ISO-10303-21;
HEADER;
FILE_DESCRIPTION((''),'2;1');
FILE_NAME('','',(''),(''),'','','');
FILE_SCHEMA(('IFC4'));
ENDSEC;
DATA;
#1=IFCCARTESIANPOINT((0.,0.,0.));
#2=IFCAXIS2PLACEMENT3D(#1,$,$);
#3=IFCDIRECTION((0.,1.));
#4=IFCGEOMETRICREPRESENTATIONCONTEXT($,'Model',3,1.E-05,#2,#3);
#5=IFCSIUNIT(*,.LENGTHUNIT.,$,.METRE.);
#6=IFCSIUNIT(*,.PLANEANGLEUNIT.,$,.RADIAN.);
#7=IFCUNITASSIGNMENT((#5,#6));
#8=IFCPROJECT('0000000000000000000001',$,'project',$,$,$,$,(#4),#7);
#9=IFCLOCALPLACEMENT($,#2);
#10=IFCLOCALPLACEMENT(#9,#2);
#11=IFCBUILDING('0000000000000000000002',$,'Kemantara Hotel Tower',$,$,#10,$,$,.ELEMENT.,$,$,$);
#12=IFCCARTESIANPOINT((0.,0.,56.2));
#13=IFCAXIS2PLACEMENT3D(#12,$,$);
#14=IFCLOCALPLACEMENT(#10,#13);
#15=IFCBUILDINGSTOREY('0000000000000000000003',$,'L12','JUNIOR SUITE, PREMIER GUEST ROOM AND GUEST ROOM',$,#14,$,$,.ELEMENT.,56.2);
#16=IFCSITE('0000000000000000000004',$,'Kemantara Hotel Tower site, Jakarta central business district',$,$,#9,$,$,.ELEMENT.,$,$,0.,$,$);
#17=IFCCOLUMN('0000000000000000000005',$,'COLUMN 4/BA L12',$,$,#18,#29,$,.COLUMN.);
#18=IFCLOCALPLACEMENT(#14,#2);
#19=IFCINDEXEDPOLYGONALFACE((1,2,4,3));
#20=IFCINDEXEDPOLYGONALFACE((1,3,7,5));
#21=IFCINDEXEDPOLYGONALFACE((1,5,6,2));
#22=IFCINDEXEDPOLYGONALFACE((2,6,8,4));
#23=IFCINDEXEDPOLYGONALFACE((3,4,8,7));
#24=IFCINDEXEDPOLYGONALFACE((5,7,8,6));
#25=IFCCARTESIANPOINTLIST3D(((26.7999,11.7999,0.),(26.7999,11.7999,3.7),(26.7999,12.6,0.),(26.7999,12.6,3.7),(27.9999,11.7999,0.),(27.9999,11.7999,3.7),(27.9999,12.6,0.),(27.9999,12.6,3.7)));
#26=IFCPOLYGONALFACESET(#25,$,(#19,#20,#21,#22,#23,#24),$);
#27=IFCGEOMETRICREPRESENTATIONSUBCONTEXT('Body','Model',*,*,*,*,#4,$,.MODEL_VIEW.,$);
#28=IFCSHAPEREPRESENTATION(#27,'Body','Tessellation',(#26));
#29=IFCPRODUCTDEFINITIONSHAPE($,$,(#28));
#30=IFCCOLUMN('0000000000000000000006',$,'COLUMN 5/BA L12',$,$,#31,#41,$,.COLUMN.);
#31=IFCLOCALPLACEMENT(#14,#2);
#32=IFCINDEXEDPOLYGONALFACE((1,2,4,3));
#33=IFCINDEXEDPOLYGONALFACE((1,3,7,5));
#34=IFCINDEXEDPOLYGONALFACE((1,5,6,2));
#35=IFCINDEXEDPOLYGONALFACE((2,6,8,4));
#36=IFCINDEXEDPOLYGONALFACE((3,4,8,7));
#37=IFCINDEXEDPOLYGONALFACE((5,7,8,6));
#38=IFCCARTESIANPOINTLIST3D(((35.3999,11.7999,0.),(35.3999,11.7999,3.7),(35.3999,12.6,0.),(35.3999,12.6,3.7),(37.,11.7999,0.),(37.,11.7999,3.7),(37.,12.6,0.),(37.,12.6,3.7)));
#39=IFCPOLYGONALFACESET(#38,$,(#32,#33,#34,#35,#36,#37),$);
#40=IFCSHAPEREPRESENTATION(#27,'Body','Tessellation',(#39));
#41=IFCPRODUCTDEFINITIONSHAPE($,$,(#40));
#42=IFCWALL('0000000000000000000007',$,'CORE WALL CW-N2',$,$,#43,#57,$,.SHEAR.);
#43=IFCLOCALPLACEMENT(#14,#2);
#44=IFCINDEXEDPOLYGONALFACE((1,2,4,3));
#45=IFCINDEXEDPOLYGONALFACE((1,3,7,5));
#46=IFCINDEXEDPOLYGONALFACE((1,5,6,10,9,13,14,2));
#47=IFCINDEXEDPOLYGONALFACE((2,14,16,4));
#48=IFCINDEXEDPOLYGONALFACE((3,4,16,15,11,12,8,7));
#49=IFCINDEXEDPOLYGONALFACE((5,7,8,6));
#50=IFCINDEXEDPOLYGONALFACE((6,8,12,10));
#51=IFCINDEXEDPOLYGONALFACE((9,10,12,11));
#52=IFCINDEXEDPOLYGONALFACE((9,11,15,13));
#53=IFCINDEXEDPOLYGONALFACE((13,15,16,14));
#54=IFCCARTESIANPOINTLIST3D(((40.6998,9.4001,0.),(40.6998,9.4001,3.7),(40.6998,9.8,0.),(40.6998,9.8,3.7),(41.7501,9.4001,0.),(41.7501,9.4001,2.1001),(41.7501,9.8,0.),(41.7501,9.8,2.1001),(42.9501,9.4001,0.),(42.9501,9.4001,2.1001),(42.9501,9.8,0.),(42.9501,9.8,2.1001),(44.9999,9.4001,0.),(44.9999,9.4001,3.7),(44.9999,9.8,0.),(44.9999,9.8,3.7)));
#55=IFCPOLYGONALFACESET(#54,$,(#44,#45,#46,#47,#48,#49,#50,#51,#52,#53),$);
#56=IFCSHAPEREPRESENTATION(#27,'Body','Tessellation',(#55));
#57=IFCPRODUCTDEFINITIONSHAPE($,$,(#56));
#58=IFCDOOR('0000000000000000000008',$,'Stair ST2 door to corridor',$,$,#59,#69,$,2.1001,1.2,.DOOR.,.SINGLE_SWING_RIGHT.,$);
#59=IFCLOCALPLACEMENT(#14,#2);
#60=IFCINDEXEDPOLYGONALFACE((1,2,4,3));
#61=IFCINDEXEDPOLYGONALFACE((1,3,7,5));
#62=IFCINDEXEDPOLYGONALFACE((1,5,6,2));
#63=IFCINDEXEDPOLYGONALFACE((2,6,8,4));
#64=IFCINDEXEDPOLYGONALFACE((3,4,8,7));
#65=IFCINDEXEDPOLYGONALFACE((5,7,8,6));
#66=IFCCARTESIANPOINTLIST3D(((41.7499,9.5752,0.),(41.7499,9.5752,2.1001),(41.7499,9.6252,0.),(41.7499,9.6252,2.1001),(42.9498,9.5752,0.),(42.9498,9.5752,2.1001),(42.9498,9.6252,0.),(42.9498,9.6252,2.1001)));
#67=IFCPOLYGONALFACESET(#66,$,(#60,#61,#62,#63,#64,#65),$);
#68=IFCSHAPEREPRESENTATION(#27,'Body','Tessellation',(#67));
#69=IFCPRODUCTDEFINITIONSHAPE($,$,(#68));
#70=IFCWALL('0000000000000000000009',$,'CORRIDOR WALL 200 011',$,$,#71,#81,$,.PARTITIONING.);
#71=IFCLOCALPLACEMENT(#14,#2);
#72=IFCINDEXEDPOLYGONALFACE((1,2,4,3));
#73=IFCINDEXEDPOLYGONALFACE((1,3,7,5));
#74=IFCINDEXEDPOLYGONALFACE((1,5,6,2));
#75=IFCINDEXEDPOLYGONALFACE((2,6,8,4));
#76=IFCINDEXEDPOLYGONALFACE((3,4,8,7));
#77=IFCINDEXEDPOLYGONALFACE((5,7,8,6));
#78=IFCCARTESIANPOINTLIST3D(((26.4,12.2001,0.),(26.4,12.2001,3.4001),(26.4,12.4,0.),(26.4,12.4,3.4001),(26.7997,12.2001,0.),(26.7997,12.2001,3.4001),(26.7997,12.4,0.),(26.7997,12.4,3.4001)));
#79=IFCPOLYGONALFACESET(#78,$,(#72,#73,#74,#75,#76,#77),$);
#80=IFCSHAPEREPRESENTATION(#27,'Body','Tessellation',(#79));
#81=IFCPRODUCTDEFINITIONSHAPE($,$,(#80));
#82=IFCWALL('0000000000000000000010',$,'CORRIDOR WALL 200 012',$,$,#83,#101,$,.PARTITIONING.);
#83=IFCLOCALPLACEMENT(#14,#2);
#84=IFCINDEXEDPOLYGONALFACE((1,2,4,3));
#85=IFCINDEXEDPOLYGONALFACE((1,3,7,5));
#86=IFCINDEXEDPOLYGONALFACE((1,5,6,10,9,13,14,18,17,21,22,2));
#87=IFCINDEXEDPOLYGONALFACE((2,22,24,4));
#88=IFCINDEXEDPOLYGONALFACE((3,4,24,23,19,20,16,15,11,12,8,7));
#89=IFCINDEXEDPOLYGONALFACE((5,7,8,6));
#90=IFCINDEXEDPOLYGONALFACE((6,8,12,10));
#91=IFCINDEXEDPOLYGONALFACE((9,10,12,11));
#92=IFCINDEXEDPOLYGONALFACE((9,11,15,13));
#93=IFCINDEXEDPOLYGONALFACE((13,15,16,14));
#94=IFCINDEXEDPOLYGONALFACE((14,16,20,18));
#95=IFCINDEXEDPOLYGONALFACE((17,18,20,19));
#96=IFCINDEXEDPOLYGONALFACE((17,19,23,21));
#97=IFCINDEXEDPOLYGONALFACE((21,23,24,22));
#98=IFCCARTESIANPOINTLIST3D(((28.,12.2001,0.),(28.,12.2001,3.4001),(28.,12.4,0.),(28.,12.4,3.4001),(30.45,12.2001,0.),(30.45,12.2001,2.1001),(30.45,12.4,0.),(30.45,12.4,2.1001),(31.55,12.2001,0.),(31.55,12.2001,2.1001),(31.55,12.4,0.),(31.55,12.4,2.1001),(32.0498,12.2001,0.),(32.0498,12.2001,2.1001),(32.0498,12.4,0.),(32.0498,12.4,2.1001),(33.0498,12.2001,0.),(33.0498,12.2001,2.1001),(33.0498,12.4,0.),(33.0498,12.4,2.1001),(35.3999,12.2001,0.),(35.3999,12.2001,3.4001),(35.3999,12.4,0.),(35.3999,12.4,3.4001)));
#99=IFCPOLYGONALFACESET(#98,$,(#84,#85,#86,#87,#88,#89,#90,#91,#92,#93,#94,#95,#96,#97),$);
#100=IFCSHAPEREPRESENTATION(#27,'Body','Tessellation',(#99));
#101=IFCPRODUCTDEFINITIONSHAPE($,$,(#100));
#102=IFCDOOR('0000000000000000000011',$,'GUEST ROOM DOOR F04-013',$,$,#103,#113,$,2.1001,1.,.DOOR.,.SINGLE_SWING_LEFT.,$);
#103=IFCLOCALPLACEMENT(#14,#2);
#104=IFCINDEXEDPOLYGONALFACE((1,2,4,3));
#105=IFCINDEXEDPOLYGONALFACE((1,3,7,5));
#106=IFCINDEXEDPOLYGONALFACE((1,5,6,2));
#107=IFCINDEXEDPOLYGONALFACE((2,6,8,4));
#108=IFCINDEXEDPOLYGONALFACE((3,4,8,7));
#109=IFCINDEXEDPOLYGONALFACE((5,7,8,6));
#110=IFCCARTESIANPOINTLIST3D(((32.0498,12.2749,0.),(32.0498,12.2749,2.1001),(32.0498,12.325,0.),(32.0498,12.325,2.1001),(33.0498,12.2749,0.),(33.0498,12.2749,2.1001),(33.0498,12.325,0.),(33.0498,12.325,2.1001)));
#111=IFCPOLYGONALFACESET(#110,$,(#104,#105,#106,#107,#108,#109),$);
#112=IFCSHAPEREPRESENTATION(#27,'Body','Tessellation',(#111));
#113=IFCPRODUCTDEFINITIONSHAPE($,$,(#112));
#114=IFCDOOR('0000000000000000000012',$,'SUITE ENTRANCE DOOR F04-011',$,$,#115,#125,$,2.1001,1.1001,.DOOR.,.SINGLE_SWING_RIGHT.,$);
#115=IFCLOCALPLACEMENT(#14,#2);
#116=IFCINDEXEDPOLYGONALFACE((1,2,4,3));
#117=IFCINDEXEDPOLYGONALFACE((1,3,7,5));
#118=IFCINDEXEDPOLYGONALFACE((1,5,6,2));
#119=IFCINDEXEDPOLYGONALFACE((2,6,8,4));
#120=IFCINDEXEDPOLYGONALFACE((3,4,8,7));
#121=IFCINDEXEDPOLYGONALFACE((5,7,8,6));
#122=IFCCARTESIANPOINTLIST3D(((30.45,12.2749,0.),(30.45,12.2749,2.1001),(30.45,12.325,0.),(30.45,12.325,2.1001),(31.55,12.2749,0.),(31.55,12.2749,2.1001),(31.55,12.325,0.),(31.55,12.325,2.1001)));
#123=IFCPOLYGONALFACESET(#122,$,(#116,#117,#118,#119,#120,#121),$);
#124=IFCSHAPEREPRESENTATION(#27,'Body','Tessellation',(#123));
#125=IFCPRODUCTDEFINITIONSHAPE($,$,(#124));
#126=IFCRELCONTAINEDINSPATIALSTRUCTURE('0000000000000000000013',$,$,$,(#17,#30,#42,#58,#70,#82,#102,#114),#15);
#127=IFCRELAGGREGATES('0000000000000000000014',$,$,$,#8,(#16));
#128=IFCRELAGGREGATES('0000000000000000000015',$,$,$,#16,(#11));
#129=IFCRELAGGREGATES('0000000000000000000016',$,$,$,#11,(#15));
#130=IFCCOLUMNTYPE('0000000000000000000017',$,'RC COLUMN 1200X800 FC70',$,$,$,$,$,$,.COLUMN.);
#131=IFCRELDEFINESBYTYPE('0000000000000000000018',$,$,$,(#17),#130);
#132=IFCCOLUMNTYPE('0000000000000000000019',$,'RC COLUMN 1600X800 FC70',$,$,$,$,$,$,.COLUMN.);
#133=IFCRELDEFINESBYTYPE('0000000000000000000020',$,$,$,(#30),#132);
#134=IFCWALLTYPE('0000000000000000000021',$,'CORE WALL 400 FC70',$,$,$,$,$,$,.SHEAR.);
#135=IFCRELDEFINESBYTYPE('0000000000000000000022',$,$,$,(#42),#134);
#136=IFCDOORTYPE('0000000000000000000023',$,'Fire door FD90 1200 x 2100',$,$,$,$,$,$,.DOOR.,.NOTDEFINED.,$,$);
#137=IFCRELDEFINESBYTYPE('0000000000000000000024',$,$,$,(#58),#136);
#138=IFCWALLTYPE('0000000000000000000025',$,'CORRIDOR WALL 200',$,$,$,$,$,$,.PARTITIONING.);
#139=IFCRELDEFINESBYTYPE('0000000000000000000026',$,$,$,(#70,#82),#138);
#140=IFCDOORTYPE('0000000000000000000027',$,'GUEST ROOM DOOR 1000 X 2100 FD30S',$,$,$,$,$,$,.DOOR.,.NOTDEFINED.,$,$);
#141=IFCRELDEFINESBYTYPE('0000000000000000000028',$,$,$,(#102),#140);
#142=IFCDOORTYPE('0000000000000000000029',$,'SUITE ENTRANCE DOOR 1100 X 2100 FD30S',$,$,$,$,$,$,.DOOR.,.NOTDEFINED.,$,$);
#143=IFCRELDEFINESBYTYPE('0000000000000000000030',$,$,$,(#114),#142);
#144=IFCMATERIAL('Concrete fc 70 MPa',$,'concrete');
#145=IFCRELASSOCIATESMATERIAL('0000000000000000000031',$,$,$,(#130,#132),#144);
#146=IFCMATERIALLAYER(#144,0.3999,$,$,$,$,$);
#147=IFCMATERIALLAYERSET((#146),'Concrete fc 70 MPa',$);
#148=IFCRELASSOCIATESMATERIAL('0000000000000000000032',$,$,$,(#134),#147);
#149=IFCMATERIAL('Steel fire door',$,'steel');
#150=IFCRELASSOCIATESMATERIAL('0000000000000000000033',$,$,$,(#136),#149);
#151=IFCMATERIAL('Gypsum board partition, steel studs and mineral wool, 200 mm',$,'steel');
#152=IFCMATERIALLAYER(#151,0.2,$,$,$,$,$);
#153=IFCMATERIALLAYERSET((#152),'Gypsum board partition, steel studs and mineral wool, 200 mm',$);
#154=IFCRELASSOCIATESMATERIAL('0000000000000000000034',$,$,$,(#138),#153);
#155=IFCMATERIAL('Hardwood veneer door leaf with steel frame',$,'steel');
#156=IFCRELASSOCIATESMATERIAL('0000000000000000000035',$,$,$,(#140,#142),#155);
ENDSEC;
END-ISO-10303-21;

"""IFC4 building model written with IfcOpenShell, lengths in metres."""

from ifc_helpers import new_model, si_unit, direction, frame, frame_2d, origin, origin_2d, place, context, subcontext, project, spatial, rectangle, extrude, material, layer, layer_set, material_profile, profile_set, type_object, element, fill, save


model = new_model("IFC4")

# Units and contexts
model_context = context("Model", 3, precision=1e-05, world=origin(), true_north=direction((0.0, 1.0)))
body_context = subcontext(model_context, "Body", "Model", "MODEL_VIEW")
ifc_project = project(units=[si_unit("LENGTHUNIT", "METRE"), si_unit("PLANEANGLEUNIT", "RADIAN")], contexts=[model_context])

# Site, building, storey
site_placement = place(None, origin())
site = spatial("IfcSite", under=ifc_project, at=site_placement, Name="Kemantara Hotel Tower site, Jakarta central business district", CompositionType="ELEMENT", RefElevation=0.0)
building_placement = place(site_placement, origin())
building = spatial("IfcBuilding", under=site, at=building_placement, Name="Kemantara Hotel Tower", CompositionType="ELEMENT")
storey_placement = place(building_placement, frame((0.0, 0.0, 56.2)))
storey = spatial("IfcBuildingStorey", under=building, at=storey_placement, Name="L12", Description="JUNIOR SUITE, PREMIER GUEST ROOM AND GUEST ROOM", CompositionType="ELEMENT", Elevation=56.2)

# Columns
ifc_material_1 = material(Name="Concrete fc 70 MPa", Category="concrete")
ifc_material_profile_1 = material_profile(ifc_material_1, rectangle(XDim=1.2, YDim=0.8, at=origin_2d()), Name="RC 1200X800")
ifc_profile_set_1 = profile_set([ifc_material_profile_1], Name="Concrete fc 70 MPa")
column_type_1 = type_object("IfcColumnType", Name="RC COLUMN 1200X800 FC70", PredefinedType="COLUMN", material=ifc_profile_set_1)
column_1_placement = place(storey_placement, frame((27.3999, 12.2, 0.0), z_axis=(0.0, 0.0, 1.0), x_axis=(1.0, 0.0, 0.0)))
element("IfcColumn", 1, at=column_1_placement, inside=storey, type_object=column_type_1, Name="COLUMN 4/BA L12", PredefinedType="COLUMN", context=body_context, shape_type="SweptSolid", body=[
    extrude(rectangle(XDim=1.2, YDim=0.8, at=origin_2d()), origin(), (0.0, 0.0, 1.0), 3.7),
])
ifc_material_profile_2 = material_profile(ifc_material_1, rectangle(XDim=1.6001, YDim=0.8, at=origin_2d()), Name="RC 1600X800")
ifc_profile_set_2 = profile_set([ifc_material_profile_2], Name="Concrete fc 70 MPa")
column_type_2 = type_object("IfcColumnType", Name="RC COLUMN 1600X800 FC70", PredefinedType="COLUMN", material=ifc_profile_set_2)
column_2_placement = place(storey_placement, frame((36.2, 12.2, 0.0), z_axis=(0.0, 0.0, 1.0), x_axis=(1.0, 0.0, 0.0)))
element("IfcColumn", 2, at=column_2_placement, inside=storey, type_object=column_type_2, Name="COLUMN 5/BA L12", PredefinedType="COLUMN", context=body_context, shape_type="SweptSolid", body=[
    extrude(rectangle(XDim=1.6001, YDim=0.8, at=origin_2d()), origin(), (0.0, 0.0, 1.0), 3.7),
])

# Wall, opening, door
ifc_layer_1 = layer(ifc_material_1, 0.3999)
ifc_layer_set_1 = layer_set([ifc_layer_1], Name="Concrete fc 70 MPa")
wall_type_1 = type_object("IfcWallType", Name="CORE WALL 400 FC70", PredefinedType="SHEAR", material=ifc_layer_set_1)
wall_1_placement = place(storey_placement, frame((40.7, 9.6001, 0.0), z_axis=(0.0, 0.0, 1.0), x_axis=(1.0, 0.0, 0.0)))
wall_1 = element("IfcWall", 3, at=wall_1_placement, inside=storey, type_object=wall_type_1, Name="CORE WALL CW-N2", PredefinedType="SHEAR", context=body_context, shape_type="SweptSolid", body=[
    extrude(rectangle(XDim=4.3, YDim=0.3999, at=frame_2d((2.1499, 0.0))), origin(), (0.0, 0.0, 1.0), 3.7),
])
opening_1_placement = place(wall_1_placement, frame((1.05, 0.0, 0.0)))
opening_1 = element("IfcOpeningElement", 4, at=opening_1_placement, cuts=wall_1, PredefinedType="OPENING", context=body_context, shape_type="SweptSolid", body=[
    extrude(rectangle(XDim=1.2, YDim=2.1001, at=frame_2d((0.6001, 1.05))), frame((0.0, 0.21, 0.0), z_axis=(0.0, -1.0, 0.0), x_axis=(1.0, 0.0, 0.0)), (0.0, 0.0, 1.0), 0.4199),
])
ifc_material_2 = material(Name="Steel fire door", Category="steel")
door_type_1 = type_object("IfcDoorType", Name="Fire door FD90 1200 x 2100", OperationType="NOTDEFINED", PredefinedType="DOOR", material=ifc_material_2)
door_1_placement = place(opening_1_placement, frame((1.2, 0.0, 0.0), z_axis=(0.0, 0.0, 1.0), x_axis=(-1.0, 0.0, 0.0)))
door_1 = element("IfcDoor", 5, at=door_1_placement, inside=storey, type_object=door_type_1, Name="Stair ST2 door to corridor", OperationType="SINGLE_SWING_RIGHT", OverallHeight=2.1001, OverallWidth=1.2, PredefinedType="DOOR", context=body_context, shape_type="SweptSolid", body=[
    extrude(rectangle(XDim=1.2, YDim=2.1001, at=frame_2d((0.6001, 1.05))), frame((0.0, 0.0249, 0.0), z_axis=(0.0, -1.0, 0.0), x_axis=(1.0, 0.0, 0.0)), (0.0, 0.0, 1.0), 0.05),
])
fill(opening_1, door_1)

# Wall
ifc_material_3 = material(Name="Gypsum board partition, steel studs and mineral wool, 200 mm", Category="steel")
ifc_layer_2 = layer(ifc_material_3, 0.2)
ifc_layer_set_2 = layer_set([ifc_layer_2], Name="Gypsum board partition, steel studs and mineral wool, 200 mm")
wall_type_2 = type_object("IfcWallType", Name="CORRIDOR WALL 200", PredefinedType="PARTITIONING", material=ifc_layer_set_2)
wall_2_placement = place(storey_placement, frame((26.4001, 12.3, 0.0), z_axis=(0.0, 0.0, 1.0), x_axis=(1.0, 0.0, 0.0)))
element("IfcWall", 6, at=wall_2_placement, inside=storey, type_object=wall_type_2, Name="CORRIDOR WALL 200 011", PredefinedType="PARTITIONING", context=body_context, shape_type="SweptSolid", body=[
    extrude(rectangle(XDim=0.3997, YDim=0.2, at=frame_2d((0.1997, 0.0))), origin(), (0.0, 0.0, 1.0), 3.4001),
])

# Wall, openings, doors
wall_3_placement = place(storey_placement, frame((28.0, 12.3, 0.0), z_axis=(0.0, 0.0, 1.0), x_axis=(1.0, 0.0, 0.0)))
wall_3 = element("IfcWall", 7, at=wall_3_placement, inside=storey, type_object=wall_type_2, Name="CORRIDOR WALL 200 012", PredefinedType="PARTITIONING", context=body_context, shape_type="SweptSolid", body=[
    extrude(rectangle(XDim=7.3999, YDim=0.2, at=frame_2d((3.7, 0.0))), origin(), (0.0, 0.0, 1.0), 3.4001),
])
opening_2_placement = place(wall_3_placement, frame((2.45, 0.0, 0.0)))
opening_2 = element("IfcOpeningElement", 8, at=opening_2_placement, cuts=wall_3, PredefinedType="OPENING", context=body_context, shape_type="SweptSolid", body=[
    extrude(rectangle(XDim=1.1001, YDim=2.1001, at=frame_2d((0.55, 1.05))), frame((0.0, 0.1099, 0.0), z_axis=(0.0, -1.0, 0.0), x_axis=(1.0, 0.0, 0.0)), (0.0, 0.0, 1.0), 0.22),
])
opening_3_placement = place(wall_3_placement, frame((4.0498, 0.0, 0.0)))
opening_3 = element("IfcOpeningElement", 9, at=opening_3_placement, cuts=wall_3, PredefinedType="OPENING", context=body_context, shape_type="SweptSolid", body=[
    extrude(rectangle(XDim=1.0, YDim=2.1001, at=frame_2d((0.5, 1.05))), frame((0.0, 0.1099, 0.0), z_axis=(0.0, -1.0, 0.0), x_axis=(1.0, 0.0, 0.0)), (0.0, 0.0, 1.0), 0.22),
])
ifc_material_4 = material(Name="Hardwood veneer door leaf with steel frame", Category="steel")
door_type_2 = type_object("IfcDoorType", Name="GUEST ROOM DOOR 1000 X 2100 FD30S", OperationType="NOTDEFINED", PredefinedType="DOOR", material=ifc_material_4)
door_2_placement = place(opening_3_placement, origin())
door_2 = element("IfcDoor", 10, at=door_2_placement, inside=storey, type_object=door_type_2, Name="GUEST ROOM DOOR F04-013", OperationType="SINGLE_SWING_LEFT", OverallHeight=2.1001, OverallWidth=1.0, PredefinedType="DOOR", context=body_context, shape_type="SweptSolid", body=[
    extrude(rectangle(XDim=1.0, YDim=2.1001, at=frame_2d((0.5, 1.05))), frame((0.0, 0.0249, 0.0), z_axis=(0.0, -1.0, 0.0), x_axis=(1.0, 0.0, 0.0)), (0.0, 0.0, 1.0), 0.05),
])
fill(opening_3, door_2)
door_type_3 = type_object("IfcDoorType", Name="SUITE ENTRANCE DOOR 1100 X 2100 FD30S", OperationType="NOTDEFINED", PredefinedType="DOOR", material=ifc_material_4)
door_3_placement = place(opening_2_placement, origin())
door_3 = element("IfcDoor", 11, at=door_3_placement, inside=storey, type_object=door_type_3, Name="SUITE ENTRANCE DOOR F04-011", OperationType="SINGLE_SWING_RIGHT", OverallHeight=2.1001, OverallWidth=1.1001, PredefinedType="DOOR", context=body_context, shape_type="SweptSolid", body=[
    extrude(rectangle(XDim=1.1001, YDim=2.1001, at=frame_2d((0.55, 1.05))), frame((0.0, 0.0249, 0.0), z_axis=(0.0, -1.0, 0.0), x_axis=(1.0, 0.0, 0.0)), (0.0, 0.0, 1.0), 0.05),
])
fill(opening_2, door_3)

save(model, "model.ifc")
